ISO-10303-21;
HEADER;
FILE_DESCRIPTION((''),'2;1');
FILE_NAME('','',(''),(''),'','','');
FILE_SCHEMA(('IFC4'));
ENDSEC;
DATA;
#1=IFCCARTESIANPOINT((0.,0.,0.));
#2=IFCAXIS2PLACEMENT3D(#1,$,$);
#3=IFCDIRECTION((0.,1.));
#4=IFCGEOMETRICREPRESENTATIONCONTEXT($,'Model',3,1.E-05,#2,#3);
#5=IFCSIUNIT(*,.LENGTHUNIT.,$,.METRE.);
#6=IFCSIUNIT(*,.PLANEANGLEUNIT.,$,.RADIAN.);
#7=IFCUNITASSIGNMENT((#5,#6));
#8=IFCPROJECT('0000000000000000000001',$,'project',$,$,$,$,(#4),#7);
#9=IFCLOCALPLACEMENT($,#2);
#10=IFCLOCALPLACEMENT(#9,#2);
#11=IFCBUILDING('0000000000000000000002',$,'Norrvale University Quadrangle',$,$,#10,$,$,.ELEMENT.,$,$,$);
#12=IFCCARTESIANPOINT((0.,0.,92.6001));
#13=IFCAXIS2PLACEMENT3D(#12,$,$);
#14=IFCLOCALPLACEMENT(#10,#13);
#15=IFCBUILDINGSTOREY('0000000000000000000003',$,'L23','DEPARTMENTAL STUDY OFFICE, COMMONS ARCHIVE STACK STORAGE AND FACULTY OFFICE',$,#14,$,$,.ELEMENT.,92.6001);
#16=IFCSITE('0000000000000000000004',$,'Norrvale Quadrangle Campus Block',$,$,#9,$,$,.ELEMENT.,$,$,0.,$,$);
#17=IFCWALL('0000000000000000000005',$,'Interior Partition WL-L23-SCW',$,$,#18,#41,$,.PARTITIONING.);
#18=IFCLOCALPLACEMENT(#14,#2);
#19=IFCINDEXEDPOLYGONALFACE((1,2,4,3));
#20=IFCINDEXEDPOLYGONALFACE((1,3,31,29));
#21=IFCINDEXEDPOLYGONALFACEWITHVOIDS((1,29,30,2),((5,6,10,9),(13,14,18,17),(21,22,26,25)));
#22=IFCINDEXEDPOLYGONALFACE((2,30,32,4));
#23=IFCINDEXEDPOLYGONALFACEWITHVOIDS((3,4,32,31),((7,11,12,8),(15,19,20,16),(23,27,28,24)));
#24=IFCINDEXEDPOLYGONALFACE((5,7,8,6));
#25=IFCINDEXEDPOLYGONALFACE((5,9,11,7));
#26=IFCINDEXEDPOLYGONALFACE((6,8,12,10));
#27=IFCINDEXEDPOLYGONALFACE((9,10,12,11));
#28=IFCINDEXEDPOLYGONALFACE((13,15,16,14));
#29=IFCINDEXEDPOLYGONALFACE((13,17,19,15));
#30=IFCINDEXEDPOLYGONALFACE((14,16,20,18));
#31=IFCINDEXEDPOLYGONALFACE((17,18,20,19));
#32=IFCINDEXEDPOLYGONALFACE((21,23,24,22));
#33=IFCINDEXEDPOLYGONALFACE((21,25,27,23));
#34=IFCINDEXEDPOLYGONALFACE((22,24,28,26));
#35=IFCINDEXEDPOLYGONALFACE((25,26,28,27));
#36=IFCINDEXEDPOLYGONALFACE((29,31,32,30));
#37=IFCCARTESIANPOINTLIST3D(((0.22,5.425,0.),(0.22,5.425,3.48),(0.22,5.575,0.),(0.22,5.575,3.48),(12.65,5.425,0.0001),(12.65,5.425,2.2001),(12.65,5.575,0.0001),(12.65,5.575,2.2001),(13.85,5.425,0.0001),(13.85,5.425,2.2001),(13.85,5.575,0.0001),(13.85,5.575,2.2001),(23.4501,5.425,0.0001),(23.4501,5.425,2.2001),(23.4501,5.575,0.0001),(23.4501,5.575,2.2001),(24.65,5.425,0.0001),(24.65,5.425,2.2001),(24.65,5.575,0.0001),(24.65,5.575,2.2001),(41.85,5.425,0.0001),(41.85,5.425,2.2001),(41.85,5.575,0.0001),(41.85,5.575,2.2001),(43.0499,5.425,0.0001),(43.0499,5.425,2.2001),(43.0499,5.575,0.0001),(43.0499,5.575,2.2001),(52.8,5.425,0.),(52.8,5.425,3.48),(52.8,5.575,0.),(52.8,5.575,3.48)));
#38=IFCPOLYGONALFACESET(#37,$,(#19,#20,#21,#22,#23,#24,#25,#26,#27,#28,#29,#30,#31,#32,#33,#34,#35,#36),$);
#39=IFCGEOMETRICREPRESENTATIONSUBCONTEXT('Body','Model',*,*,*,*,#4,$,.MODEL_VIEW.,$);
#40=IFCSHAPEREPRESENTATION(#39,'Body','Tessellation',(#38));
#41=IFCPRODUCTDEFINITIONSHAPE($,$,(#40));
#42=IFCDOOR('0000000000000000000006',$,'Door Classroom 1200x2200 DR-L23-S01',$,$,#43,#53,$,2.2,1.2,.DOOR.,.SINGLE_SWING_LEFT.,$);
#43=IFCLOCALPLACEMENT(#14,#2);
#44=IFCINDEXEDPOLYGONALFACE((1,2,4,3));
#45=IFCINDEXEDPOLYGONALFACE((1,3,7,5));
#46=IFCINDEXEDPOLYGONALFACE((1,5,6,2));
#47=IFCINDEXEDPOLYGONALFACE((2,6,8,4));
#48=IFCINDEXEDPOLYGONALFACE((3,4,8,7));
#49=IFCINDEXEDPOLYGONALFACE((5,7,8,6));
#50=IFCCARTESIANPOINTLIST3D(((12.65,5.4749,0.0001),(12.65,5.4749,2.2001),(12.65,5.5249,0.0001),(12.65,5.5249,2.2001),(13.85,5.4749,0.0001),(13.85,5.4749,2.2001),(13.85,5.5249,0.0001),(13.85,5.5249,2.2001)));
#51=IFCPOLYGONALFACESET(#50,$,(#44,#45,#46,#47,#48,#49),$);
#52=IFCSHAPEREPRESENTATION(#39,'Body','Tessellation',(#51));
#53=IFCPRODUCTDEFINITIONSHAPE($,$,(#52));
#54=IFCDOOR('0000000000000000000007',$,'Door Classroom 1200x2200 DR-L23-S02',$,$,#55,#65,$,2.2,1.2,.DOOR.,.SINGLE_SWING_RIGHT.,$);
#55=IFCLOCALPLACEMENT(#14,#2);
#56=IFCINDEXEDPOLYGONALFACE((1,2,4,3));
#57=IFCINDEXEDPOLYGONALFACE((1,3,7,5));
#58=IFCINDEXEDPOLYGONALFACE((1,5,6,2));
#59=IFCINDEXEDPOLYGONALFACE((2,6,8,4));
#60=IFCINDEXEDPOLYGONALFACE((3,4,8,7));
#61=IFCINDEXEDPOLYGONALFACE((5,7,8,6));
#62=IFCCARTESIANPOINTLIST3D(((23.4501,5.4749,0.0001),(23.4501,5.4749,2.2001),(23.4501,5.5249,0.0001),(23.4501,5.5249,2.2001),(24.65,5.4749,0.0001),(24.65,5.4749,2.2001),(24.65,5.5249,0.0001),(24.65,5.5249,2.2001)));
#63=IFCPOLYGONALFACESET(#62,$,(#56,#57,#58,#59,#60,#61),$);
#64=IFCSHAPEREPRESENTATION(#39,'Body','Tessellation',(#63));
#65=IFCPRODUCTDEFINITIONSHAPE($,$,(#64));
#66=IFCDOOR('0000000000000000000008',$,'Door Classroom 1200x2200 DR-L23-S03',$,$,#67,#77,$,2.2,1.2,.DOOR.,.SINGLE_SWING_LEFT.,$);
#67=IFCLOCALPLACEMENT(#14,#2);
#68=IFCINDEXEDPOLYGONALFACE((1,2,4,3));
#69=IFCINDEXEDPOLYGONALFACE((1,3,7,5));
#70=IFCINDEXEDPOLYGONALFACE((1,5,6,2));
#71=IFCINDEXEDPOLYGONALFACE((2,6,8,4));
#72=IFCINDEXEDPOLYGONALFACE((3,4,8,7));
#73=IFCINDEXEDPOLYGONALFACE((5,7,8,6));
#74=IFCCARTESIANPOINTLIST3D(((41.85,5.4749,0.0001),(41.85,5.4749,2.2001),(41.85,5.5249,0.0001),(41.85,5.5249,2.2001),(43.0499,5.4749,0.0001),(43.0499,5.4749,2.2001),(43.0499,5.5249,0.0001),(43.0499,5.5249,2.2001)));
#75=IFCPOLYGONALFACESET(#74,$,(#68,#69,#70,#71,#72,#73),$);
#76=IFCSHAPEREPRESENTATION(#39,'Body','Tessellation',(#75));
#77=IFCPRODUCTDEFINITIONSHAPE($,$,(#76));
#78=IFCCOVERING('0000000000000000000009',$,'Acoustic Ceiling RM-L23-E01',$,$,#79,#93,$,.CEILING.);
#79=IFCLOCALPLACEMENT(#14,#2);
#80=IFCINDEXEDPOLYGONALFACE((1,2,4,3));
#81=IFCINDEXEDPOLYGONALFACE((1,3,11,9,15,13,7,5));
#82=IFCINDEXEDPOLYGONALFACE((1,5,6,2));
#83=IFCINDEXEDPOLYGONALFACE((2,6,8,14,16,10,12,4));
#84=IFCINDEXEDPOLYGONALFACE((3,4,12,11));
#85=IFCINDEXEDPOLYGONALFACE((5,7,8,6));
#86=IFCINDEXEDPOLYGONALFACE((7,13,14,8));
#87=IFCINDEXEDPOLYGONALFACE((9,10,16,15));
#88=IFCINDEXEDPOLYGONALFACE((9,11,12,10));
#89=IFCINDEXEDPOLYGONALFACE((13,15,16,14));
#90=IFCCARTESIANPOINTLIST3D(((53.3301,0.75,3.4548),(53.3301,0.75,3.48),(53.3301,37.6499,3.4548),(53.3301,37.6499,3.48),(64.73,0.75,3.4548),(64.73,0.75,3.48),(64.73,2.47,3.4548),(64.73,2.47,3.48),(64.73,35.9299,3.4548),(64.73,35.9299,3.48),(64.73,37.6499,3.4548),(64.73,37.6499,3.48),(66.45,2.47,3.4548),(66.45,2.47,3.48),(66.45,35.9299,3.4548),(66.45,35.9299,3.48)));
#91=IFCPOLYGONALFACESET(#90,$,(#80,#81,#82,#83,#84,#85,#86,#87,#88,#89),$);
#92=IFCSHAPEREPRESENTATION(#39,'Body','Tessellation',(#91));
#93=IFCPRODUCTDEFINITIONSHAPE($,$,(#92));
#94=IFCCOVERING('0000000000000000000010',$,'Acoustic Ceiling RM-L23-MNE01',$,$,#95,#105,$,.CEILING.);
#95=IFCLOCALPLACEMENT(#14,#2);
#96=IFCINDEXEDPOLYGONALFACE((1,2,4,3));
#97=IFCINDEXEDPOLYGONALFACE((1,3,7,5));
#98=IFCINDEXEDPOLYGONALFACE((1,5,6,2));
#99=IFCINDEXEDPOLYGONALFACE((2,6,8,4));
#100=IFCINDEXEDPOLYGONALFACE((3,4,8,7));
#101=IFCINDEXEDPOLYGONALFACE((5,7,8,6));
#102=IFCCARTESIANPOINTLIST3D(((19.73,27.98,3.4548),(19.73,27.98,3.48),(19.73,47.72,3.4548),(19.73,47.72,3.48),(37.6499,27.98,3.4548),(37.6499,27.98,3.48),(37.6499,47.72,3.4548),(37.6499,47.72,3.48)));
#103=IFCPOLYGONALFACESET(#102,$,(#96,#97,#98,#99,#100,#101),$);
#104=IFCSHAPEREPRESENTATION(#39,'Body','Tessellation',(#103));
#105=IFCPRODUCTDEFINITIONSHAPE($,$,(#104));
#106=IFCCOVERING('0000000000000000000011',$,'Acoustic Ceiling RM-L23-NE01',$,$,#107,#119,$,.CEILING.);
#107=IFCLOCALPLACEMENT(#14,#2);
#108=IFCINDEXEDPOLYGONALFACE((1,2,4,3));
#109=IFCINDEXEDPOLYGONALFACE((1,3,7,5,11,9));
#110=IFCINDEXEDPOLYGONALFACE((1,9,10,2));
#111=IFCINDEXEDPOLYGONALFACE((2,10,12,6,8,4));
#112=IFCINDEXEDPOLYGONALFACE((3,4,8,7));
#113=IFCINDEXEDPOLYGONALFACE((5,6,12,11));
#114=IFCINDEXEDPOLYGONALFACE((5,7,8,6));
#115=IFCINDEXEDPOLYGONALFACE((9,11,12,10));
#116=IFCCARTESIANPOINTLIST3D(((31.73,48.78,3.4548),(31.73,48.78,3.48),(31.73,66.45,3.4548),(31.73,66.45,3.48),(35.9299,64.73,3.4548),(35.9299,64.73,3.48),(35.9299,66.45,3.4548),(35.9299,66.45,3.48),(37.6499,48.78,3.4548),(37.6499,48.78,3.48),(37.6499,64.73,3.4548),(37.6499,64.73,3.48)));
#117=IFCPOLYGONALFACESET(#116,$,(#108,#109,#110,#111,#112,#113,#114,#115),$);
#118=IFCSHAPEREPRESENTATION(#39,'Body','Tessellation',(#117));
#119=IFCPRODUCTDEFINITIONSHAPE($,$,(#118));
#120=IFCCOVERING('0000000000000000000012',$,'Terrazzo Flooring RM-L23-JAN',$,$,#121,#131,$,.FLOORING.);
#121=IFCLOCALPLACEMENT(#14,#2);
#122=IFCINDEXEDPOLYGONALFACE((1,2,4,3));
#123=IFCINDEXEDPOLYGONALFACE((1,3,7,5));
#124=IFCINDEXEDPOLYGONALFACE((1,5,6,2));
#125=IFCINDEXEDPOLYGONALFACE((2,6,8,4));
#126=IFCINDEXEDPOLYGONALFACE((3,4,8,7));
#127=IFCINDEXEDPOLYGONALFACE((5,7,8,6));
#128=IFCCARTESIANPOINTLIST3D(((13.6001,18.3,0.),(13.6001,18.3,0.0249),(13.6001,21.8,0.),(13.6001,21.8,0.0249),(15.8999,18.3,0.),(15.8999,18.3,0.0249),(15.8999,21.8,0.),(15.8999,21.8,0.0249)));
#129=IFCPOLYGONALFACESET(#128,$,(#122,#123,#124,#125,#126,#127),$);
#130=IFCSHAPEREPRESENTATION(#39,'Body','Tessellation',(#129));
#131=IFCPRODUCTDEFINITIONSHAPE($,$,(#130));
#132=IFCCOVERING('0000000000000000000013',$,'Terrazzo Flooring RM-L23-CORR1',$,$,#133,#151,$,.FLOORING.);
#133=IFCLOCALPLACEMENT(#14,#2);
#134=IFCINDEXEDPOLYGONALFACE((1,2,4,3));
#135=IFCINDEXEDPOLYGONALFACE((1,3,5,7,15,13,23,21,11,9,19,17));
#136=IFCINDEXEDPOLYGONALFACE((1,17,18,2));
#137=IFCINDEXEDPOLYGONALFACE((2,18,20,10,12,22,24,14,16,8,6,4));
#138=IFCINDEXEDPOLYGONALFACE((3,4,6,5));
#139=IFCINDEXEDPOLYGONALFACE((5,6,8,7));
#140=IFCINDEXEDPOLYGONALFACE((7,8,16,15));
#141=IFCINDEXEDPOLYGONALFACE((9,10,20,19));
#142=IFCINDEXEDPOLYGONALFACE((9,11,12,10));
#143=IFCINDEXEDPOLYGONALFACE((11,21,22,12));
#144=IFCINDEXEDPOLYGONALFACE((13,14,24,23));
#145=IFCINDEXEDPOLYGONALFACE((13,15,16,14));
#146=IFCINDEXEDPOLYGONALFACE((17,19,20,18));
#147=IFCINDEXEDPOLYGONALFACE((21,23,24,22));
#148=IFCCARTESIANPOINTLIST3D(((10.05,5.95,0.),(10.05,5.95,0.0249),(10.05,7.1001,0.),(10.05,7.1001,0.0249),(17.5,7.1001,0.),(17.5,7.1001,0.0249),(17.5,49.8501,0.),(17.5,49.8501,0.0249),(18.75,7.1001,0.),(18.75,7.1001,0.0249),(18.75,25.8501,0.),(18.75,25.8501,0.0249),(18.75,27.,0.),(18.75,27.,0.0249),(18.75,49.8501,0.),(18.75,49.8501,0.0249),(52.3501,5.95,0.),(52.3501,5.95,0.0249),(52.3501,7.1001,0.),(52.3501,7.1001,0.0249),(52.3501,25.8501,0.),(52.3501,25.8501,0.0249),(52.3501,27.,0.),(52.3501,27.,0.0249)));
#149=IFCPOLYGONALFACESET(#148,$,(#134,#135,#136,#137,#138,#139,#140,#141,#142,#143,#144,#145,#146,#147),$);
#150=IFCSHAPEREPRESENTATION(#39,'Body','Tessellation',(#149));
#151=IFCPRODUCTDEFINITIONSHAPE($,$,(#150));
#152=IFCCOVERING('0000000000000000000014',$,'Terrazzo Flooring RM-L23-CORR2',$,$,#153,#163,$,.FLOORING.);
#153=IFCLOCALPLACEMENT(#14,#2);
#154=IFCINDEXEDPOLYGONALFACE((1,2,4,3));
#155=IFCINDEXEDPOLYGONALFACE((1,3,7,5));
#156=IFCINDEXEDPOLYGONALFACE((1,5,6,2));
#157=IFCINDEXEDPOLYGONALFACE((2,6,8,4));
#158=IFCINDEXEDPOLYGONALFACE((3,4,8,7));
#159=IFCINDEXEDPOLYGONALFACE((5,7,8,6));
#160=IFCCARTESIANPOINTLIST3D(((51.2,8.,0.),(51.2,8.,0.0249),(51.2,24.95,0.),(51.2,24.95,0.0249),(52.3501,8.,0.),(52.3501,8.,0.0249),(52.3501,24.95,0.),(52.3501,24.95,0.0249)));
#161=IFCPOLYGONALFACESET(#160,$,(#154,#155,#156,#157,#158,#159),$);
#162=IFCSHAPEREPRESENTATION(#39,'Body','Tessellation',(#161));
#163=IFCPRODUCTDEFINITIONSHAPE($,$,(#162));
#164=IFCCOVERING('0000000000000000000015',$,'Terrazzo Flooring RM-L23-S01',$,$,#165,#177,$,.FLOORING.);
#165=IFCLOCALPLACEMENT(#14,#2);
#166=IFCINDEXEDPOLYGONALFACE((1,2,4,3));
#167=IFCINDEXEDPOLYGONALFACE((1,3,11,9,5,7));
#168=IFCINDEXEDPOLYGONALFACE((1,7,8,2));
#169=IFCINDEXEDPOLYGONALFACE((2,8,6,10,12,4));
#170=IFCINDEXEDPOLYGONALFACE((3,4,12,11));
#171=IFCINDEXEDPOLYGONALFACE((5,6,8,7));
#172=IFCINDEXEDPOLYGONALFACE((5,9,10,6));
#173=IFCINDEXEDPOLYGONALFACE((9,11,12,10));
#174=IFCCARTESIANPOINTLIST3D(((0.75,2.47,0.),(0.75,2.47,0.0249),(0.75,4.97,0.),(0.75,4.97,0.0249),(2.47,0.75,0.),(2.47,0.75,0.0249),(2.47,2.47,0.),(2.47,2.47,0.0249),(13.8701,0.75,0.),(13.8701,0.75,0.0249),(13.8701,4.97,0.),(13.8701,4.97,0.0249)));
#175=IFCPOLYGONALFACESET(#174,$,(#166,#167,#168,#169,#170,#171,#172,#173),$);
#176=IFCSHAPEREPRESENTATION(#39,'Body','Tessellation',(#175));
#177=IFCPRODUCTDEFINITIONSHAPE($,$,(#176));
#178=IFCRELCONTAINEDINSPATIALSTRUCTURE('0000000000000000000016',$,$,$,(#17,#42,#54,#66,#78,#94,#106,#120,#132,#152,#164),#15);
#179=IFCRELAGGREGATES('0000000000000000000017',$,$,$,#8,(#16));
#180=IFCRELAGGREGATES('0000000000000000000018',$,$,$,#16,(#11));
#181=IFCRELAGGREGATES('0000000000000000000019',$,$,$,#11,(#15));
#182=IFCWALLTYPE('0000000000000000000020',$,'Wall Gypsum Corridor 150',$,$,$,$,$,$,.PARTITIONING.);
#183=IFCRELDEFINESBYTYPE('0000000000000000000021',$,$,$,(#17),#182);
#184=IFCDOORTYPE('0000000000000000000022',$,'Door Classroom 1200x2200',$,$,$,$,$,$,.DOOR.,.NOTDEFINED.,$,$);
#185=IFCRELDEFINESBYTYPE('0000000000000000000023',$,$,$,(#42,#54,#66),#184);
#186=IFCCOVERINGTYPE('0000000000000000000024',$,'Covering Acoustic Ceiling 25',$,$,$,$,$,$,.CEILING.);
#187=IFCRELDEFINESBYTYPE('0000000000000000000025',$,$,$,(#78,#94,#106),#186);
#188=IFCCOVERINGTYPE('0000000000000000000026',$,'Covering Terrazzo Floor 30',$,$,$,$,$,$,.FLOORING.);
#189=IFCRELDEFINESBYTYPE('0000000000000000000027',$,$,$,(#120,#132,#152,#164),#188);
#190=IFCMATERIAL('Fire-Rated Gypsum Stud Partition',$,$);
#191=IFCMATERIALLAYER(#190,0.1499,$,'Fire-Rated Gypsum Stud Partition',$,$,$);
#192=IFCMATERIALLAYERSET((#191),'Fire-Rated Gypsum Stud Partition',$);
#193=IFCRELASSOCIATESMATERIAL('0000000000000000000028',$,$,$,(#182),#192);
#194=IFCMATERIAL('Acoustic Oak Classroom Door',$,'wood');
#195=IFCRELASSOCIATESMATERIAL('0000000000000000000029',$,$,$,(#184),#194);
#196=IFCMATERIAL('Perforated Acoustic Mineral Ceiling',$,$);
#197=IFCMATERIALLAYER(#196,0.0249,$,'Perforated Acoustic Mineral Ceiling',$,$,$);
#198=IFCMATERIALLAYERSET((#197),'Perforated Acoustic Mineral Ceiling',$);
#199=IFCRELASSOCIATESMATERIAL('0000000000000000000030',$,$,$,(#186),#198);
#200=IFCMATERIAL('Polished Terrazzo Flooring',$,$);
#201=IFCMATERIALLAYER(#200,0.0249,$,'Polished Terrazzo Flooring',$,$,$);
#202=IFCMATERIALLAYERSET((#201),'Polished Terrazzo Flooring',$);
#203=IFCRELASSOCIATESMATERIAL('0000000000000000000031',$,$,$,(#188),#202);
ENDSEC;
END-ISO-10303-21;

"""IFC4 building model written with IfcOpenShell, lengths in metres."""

from ifc_helpers import new_model, si_unit, direction, frame, frame_2d, origin, place, context, subcontext, project, spatial, polyline, rectangle, outline, extrude, material, layer, layer_set, type_object, element, fill, save


model = new_model("IFC4")

# Units and contexts
model_context = context("Model", 3, precision=1e-05, world=origin(), true_north=direction((0.0, 1.0)))
body_context = subcontext(model_context, "Body", "Model", "MODEL_VIEW")
ifc_project = project(units=[si_unit("LENGTHUNIT", "METRE"), si_unit("PLANEANGLEUNIT", "RADIAN")], contexts=[model_context])

# Site, building, storey
site_placement = place(None, origin())
site = spatial("IfcSite", under=ifc_project, at=site_placement, Name="Norrvale Quadrangle Campus Block", CompositionType="ELEMENT", RefElevation=0.0)
building_placement = place(site_placement, origin())
building = spatial("IfcBuilding", under=site, at=building_placement, Name="Norrvale University Quadrangle", CompositionType="ELEMENT")
storey_placement = place(building_placement, frame((0.0, 0.0, 92.6001)))
storey = spatial("IfcBuildingStorey", under=building, at=storey_placement, Name="L23", Description="DEPARTMENTAL STUDY OFFICE, COMMONS ARCHIVE STACK STORAGE AND FACULTY OFFICE", CompositionType="ELEMENT", Elevation=92.6001)

# Wall, openings, doors
ifc_material_1 = material(Name="Fire-Rated Gypsum Stud Partition")
ifc_layer_1 = layer(ifc_material_1, 0.1499, Name="Fire-Rated Gypsum Stud Partition")
ifc_layer_set_1 = layer_set([ifc_layer_1], Name="Fire-Rated Gypsum Stud Partition")
wall_type_1 = type_object("IfcWallType", Name="Wall Gypsum Corridor 150", PredefinedType="PARTITIONING", material=ifc_layer_set_1)
wall_1_placement = place(storey_placement, frame((0.22, 5.5, 0.0), z_axis=(0.0, 0.0, 1.0), x_axis=(1.0, 0.0, 0.0)))
wall_1 = element("IfcWall", 1, at=wall_1_placement, inside=storey, type_object=wall_type_1, Name="Interior Partition WL-L23-SCW", PredefinedType="PARTITIONING", context=body_context, shape_type="SweptSolid", body=[
    extrude(rectangle(XDim=52.5801, YDim=0.1499, at=frame_2d((26.29, 0.0))), origin(), (0.0, 0.0, 1.0), 3.48),
])
opening_1_placement = place(wall_1_placement, frame((12.4299, 0.0, 0.0)))
opening_1 = element("IfcOpeningElement", 2, at=opening_1_placement, cuts=wall_1, PredefinedType="OPENING", context=body_context, shape_type="SweptSolid", body=[
    extrude(rectangle(XDim=1.2, YDim=2.2, at=frame_2d((0.6001, 1.1001))), frame((0.0, 0.0869, 0.0), z_axis=(0.0, -1.0, 0.0), x_axis=(1.0, 0.0, 0.0)), (0.0, 0.0, 1.0), 0.1738),
])
opening_2_placement = place(wall_1_placement, frame((23.23, 0.0, 0.0)))
opening_2 = element("IfcOpeningElement", 3, at=opening_2_placement, cuts=wall_1, PredefinedType="OPENING", context=body_context, shape_type="SweptSolid", body=[
    extrude(rectangle(XDim=1.2, YDim=2.2, at=frame_2d((0.6001, 1.1001))), frame((0.0, 0.0869, 0.0), z_axis=(0.0, -1.0, 0.0), x_axis=(1.0, 0.0, 0.0)), (0.0, 0.0, 1.0), 0.1738),
])
opening_3_placement = place(wall_1_placement, frame((41.6299, 0.0, 0.0)))
opening_3 = element("IfcOpeningElement", 4, at=opening_3_placement, cuts=wall_1, PredefinedType="OPENING", context=body_context, shape_type="SweptSolid", body=[
    extrude(rectangle(XDim=1.2, YDim=2.2, at=frame_2d((0.6001, 1.1001))), frame((0.0, 0.0869, 0.0), z_axis=(0.0, -1.0, 0.0), x_axis=(1.0, 0.0, 0.0)), (0.0, 0.0, 1.0), 0.1738),
])
ifc_material_2 = material(Name="Acoustic Oak Classroom Door", Category="wood")
door_type = type_object("IfcDoorType", Name="Door Classroom 1200x2200", OperationType="NOTDEFINED", PredefinedType="DOOR", material=ifc_material_2)
door_1_placement = place(opening_1_placement, origin())
door_1 = element("IfcDoor", 5, at=door_1_placement, inside=storey, type_object=door_type, Name="Door Classroom 1200x2200 DR-L23-S01", OperationType="SINGLE_SWING_LEFT", OverallHeight=2.2, OverallWidth=1.2, PredefinedType="DOOR", context=body_context, shape_type="SweptSolid", body=[
    extrude(rectangle(XDim=1.2, YDim=2.2, at=frame_2d((0.6001, 1.1001))), frame((0.0, 0.0249, 0.0), z_axis=(0.0, -1.0, 0.0), x_axis=(1.0, 0.0, 0.0)), (0.0, 0.0, 1.0), 0.05),
])
fill(opening_1, door_1)
door_2_placement = place(opening_2_placement, origin())
door_2 = element("IfcDoor", 6, at=door_2_placement, inside=storey, type_object=door_type, Name="Door Classroom 1200x2200 DR-L23-S02", OperationType="SINGLE_SWING_RIGHT", OverallHeight=2.2, OverallWidth=1.2, PredefinedType="DOOR", context=body_context, shape_type="SweptSolid", body=[
    extrude(rectangle(XDim=1.2, YDim=2.2, at=frame_2d((0.6001, 1.1001))), frame((0.0, 0.0249, 0.0), z_axis=(0.0, -1.0, 0.0), x_axis=(1.0, 0.0, 0.0)), (0.0, 0.0, 1.0), 0.05),
])
fill(opening_2, door_2)
door_3_placement = place(opening_3_placement, origin())
door_3 = element("IfcDoor", 7, at=door_3_placement, inside=storey, type_object=door_type, Name="Door Classroom 1200x2200 DR-L23-S03", OperationType="SINGLE_SWING_LEFT", OverallHeight=2.2, OverallWidth=1.2, PredefinedType="DOOR", context=body_context, shape_type="SweptSolid", body=[
    extrude(rectangle(XDim=1.2, YDim=2.2, at=frame_2d((0.6001, 1.1001))), frame((0.0, 0.0249, 0.0), z_axis=(0.0, -1.0, 0.0), x_axis=(1.0, 0.0, 0.0)), (0.0, 0.0, 1.0), 0.05),
])
fill(opening_3, door_3)

# Coverings
ifc_material_3 = material(Name="Perforated Acoustic Mineral Ceiling")
ifc_layer_2 = layer(ifc_material_3, 0.0249, Name="Perforated Acoustic Mineral Ceiling")
ifc_layer_set_2 = layer_set([ifc_layer_2], Name="Perforated Acoustic Mineral Ceiling")
covering_type_1 = type_object("IfcCoveringType", Name="Covering Acoustic Ceiling 25", PredefinedType="CEILING", material=ifc_layer_set_2)
covering_1_placement = place(storey_placement, frame((0.0, 0.0, 3.4548)))
element("IfcCovering", 8, at=covering_1_placement, inside=storey, type_object=covering_type_1, Name="Acoustic Ceiling RM-L23-E01", PredefinedType="CEILING", context=body_context, shape_type="SweptSolid", body=[
    extrude(outline(polyline([(53.3301, 0.75), (53.3301, 37.6499), (64.73, 37.6499), (64.73, 35.9299), (66.45, 35.9299), (66.45, 2.47), (64.73, 2.47), (64.73, 0.75), (53.3301, 0.75)])), origin(), (0.0, 0.0, 1.0), 0.0251),
])
covering_2_placement = place(storey_placement, frame((0.0, 0.0, 3.4548)))
element("IfcCovering", 9, at=covering_2_placement, inside=storey, type_object=covering_type_1, Name="Acoustic Ceiling RM-L23-MNE01", PredefinedType="CEILING", context=body_context, shape_type="SweptSolid", body=[
    extrude(outline(polyline([(19.73, 47.72), (37.6499, 47.72), (37.6499, 27.98), (19.73, 27.98), (19.73, 47.72)])), origin(), (0.0, 0.0, 1.0), 0.0251),
])
covering_3_placement = place(storey_placement, frame((0.0, 0.0, 3.4548)))
element("IfcCovering", 10, at=covering_3_placement, inside=storey, type_object=covering_type_1, Name="Acoustic Ceiling RM-L23-NE01", PredefinedType="CEILING", context=body_context, shape_type="SweptSolid", body=[
    extrude(outline(polyline([(37.6499, 48.78), (31.73, 48.78), (31.73, 66.45), (35.9299, 66.45), (35.9299, 64.73), (37.6499, 64.73), (37.6499, 48.78)])), origin(), (0.0, 0.0, 1.0), 0.0251),
])
ifc_material_4 = material(Name="Polished Terrazzo Flooring")
ifc_layer_3 = layer(ifc_material_4, 0.0249, Name="Polished Terrazzo Flooring")
ifc_layer_set_3 = layer_set([ifc_layer_3], Name="Polished Terrazzo Flooring")
covering_type_2 = type_object("IfcCoveringType", Name="Covering Terrazzo Floor 30", PredefinedType="FLOORING", material=ifc_layer_set_3)
covering_4_placement = place(storey_placement, origin())
element("IfcCovering", 11, at=covering_4_placement, inside=storey, type_object=covering_type_2, Name="Terrazzo Flooring RM-L23-JAN", PredefinedType="FLOORING", context=body_context, shape_type="SweptSolid", body=[
    extrude(outline(polyline([(13.6001, 18.3), (13.6001, 21.8), (15.8999, 21.8), (15.8999, 18.3), (13.6001, 18.3)])), origin(), (0.0, 0.0, 1.0), 0.0249),
])
covering_5_placement = place(storey_placement, origin())
element("IfcCovering", 12, at=covering_5_placement, inside=storey, type_object=covering_type_2, Name="Terrazzo Flooring RM-L23-CORR1", PredefinedType="FLOORING", context=body_context, shape_type="SweptSolid", body=[
    extrude(outline(polyline([(10.05, 5.95), (10.05, 7.1001), (17.5, 7.1001), (17.5, 49.8501), (18.75, 49.8501), (18.75, 27.0), (52.3501, 27.0), (52.3501, 25.8501), (18.75, 25.8501), (18.75, 7.1001), (52.3501, 7.1001), (52.3501, 5.95), (10.05, 5.95)])), origin(), (0.0, 0.0, 1.0), 0.0249),
])
covering_6_placement = place(storey_placement, origin())
element("IfcCovering", 13, at=covering_6_placement, inside=storey, type_object=covering_type_2, Name="Terrazzo Flooring RM-L23-CORR2", PredefinedType="FLOORING", context=body_context, shape_type="SweptSolid", body=[
    extrude(outline(polyline([(51.2, 8.0), (51.2, 24.95), (52.3501, 24.95), (52.3501, 8.0), (51.2, 8.0)])), origin(), (0.0, 0.0, 1.0), 0.0249),
])
covering_7_placement = place(storey_placement, origin())
element("IfcCovering", 14, at=covering_7_placement, inside=storey, type_object=covering_type_2, Name="Terrazzo Flooring RM-L23-S01", PredefinedType="FLOORING", context=body_context, shape_type="SweptSolid", body=[
    extrude(outline(polyline([(0.75, 4.97), (13.8701, 4.97), (13.8701, 0.75), (2.47, 0.75), (2.47, 2.47), (0.75, 2.47), (0.75, 4.97)])), origin(), (0.0, 0.0, 1.0), 0.0249),
])

save(model, "model.ifc")
